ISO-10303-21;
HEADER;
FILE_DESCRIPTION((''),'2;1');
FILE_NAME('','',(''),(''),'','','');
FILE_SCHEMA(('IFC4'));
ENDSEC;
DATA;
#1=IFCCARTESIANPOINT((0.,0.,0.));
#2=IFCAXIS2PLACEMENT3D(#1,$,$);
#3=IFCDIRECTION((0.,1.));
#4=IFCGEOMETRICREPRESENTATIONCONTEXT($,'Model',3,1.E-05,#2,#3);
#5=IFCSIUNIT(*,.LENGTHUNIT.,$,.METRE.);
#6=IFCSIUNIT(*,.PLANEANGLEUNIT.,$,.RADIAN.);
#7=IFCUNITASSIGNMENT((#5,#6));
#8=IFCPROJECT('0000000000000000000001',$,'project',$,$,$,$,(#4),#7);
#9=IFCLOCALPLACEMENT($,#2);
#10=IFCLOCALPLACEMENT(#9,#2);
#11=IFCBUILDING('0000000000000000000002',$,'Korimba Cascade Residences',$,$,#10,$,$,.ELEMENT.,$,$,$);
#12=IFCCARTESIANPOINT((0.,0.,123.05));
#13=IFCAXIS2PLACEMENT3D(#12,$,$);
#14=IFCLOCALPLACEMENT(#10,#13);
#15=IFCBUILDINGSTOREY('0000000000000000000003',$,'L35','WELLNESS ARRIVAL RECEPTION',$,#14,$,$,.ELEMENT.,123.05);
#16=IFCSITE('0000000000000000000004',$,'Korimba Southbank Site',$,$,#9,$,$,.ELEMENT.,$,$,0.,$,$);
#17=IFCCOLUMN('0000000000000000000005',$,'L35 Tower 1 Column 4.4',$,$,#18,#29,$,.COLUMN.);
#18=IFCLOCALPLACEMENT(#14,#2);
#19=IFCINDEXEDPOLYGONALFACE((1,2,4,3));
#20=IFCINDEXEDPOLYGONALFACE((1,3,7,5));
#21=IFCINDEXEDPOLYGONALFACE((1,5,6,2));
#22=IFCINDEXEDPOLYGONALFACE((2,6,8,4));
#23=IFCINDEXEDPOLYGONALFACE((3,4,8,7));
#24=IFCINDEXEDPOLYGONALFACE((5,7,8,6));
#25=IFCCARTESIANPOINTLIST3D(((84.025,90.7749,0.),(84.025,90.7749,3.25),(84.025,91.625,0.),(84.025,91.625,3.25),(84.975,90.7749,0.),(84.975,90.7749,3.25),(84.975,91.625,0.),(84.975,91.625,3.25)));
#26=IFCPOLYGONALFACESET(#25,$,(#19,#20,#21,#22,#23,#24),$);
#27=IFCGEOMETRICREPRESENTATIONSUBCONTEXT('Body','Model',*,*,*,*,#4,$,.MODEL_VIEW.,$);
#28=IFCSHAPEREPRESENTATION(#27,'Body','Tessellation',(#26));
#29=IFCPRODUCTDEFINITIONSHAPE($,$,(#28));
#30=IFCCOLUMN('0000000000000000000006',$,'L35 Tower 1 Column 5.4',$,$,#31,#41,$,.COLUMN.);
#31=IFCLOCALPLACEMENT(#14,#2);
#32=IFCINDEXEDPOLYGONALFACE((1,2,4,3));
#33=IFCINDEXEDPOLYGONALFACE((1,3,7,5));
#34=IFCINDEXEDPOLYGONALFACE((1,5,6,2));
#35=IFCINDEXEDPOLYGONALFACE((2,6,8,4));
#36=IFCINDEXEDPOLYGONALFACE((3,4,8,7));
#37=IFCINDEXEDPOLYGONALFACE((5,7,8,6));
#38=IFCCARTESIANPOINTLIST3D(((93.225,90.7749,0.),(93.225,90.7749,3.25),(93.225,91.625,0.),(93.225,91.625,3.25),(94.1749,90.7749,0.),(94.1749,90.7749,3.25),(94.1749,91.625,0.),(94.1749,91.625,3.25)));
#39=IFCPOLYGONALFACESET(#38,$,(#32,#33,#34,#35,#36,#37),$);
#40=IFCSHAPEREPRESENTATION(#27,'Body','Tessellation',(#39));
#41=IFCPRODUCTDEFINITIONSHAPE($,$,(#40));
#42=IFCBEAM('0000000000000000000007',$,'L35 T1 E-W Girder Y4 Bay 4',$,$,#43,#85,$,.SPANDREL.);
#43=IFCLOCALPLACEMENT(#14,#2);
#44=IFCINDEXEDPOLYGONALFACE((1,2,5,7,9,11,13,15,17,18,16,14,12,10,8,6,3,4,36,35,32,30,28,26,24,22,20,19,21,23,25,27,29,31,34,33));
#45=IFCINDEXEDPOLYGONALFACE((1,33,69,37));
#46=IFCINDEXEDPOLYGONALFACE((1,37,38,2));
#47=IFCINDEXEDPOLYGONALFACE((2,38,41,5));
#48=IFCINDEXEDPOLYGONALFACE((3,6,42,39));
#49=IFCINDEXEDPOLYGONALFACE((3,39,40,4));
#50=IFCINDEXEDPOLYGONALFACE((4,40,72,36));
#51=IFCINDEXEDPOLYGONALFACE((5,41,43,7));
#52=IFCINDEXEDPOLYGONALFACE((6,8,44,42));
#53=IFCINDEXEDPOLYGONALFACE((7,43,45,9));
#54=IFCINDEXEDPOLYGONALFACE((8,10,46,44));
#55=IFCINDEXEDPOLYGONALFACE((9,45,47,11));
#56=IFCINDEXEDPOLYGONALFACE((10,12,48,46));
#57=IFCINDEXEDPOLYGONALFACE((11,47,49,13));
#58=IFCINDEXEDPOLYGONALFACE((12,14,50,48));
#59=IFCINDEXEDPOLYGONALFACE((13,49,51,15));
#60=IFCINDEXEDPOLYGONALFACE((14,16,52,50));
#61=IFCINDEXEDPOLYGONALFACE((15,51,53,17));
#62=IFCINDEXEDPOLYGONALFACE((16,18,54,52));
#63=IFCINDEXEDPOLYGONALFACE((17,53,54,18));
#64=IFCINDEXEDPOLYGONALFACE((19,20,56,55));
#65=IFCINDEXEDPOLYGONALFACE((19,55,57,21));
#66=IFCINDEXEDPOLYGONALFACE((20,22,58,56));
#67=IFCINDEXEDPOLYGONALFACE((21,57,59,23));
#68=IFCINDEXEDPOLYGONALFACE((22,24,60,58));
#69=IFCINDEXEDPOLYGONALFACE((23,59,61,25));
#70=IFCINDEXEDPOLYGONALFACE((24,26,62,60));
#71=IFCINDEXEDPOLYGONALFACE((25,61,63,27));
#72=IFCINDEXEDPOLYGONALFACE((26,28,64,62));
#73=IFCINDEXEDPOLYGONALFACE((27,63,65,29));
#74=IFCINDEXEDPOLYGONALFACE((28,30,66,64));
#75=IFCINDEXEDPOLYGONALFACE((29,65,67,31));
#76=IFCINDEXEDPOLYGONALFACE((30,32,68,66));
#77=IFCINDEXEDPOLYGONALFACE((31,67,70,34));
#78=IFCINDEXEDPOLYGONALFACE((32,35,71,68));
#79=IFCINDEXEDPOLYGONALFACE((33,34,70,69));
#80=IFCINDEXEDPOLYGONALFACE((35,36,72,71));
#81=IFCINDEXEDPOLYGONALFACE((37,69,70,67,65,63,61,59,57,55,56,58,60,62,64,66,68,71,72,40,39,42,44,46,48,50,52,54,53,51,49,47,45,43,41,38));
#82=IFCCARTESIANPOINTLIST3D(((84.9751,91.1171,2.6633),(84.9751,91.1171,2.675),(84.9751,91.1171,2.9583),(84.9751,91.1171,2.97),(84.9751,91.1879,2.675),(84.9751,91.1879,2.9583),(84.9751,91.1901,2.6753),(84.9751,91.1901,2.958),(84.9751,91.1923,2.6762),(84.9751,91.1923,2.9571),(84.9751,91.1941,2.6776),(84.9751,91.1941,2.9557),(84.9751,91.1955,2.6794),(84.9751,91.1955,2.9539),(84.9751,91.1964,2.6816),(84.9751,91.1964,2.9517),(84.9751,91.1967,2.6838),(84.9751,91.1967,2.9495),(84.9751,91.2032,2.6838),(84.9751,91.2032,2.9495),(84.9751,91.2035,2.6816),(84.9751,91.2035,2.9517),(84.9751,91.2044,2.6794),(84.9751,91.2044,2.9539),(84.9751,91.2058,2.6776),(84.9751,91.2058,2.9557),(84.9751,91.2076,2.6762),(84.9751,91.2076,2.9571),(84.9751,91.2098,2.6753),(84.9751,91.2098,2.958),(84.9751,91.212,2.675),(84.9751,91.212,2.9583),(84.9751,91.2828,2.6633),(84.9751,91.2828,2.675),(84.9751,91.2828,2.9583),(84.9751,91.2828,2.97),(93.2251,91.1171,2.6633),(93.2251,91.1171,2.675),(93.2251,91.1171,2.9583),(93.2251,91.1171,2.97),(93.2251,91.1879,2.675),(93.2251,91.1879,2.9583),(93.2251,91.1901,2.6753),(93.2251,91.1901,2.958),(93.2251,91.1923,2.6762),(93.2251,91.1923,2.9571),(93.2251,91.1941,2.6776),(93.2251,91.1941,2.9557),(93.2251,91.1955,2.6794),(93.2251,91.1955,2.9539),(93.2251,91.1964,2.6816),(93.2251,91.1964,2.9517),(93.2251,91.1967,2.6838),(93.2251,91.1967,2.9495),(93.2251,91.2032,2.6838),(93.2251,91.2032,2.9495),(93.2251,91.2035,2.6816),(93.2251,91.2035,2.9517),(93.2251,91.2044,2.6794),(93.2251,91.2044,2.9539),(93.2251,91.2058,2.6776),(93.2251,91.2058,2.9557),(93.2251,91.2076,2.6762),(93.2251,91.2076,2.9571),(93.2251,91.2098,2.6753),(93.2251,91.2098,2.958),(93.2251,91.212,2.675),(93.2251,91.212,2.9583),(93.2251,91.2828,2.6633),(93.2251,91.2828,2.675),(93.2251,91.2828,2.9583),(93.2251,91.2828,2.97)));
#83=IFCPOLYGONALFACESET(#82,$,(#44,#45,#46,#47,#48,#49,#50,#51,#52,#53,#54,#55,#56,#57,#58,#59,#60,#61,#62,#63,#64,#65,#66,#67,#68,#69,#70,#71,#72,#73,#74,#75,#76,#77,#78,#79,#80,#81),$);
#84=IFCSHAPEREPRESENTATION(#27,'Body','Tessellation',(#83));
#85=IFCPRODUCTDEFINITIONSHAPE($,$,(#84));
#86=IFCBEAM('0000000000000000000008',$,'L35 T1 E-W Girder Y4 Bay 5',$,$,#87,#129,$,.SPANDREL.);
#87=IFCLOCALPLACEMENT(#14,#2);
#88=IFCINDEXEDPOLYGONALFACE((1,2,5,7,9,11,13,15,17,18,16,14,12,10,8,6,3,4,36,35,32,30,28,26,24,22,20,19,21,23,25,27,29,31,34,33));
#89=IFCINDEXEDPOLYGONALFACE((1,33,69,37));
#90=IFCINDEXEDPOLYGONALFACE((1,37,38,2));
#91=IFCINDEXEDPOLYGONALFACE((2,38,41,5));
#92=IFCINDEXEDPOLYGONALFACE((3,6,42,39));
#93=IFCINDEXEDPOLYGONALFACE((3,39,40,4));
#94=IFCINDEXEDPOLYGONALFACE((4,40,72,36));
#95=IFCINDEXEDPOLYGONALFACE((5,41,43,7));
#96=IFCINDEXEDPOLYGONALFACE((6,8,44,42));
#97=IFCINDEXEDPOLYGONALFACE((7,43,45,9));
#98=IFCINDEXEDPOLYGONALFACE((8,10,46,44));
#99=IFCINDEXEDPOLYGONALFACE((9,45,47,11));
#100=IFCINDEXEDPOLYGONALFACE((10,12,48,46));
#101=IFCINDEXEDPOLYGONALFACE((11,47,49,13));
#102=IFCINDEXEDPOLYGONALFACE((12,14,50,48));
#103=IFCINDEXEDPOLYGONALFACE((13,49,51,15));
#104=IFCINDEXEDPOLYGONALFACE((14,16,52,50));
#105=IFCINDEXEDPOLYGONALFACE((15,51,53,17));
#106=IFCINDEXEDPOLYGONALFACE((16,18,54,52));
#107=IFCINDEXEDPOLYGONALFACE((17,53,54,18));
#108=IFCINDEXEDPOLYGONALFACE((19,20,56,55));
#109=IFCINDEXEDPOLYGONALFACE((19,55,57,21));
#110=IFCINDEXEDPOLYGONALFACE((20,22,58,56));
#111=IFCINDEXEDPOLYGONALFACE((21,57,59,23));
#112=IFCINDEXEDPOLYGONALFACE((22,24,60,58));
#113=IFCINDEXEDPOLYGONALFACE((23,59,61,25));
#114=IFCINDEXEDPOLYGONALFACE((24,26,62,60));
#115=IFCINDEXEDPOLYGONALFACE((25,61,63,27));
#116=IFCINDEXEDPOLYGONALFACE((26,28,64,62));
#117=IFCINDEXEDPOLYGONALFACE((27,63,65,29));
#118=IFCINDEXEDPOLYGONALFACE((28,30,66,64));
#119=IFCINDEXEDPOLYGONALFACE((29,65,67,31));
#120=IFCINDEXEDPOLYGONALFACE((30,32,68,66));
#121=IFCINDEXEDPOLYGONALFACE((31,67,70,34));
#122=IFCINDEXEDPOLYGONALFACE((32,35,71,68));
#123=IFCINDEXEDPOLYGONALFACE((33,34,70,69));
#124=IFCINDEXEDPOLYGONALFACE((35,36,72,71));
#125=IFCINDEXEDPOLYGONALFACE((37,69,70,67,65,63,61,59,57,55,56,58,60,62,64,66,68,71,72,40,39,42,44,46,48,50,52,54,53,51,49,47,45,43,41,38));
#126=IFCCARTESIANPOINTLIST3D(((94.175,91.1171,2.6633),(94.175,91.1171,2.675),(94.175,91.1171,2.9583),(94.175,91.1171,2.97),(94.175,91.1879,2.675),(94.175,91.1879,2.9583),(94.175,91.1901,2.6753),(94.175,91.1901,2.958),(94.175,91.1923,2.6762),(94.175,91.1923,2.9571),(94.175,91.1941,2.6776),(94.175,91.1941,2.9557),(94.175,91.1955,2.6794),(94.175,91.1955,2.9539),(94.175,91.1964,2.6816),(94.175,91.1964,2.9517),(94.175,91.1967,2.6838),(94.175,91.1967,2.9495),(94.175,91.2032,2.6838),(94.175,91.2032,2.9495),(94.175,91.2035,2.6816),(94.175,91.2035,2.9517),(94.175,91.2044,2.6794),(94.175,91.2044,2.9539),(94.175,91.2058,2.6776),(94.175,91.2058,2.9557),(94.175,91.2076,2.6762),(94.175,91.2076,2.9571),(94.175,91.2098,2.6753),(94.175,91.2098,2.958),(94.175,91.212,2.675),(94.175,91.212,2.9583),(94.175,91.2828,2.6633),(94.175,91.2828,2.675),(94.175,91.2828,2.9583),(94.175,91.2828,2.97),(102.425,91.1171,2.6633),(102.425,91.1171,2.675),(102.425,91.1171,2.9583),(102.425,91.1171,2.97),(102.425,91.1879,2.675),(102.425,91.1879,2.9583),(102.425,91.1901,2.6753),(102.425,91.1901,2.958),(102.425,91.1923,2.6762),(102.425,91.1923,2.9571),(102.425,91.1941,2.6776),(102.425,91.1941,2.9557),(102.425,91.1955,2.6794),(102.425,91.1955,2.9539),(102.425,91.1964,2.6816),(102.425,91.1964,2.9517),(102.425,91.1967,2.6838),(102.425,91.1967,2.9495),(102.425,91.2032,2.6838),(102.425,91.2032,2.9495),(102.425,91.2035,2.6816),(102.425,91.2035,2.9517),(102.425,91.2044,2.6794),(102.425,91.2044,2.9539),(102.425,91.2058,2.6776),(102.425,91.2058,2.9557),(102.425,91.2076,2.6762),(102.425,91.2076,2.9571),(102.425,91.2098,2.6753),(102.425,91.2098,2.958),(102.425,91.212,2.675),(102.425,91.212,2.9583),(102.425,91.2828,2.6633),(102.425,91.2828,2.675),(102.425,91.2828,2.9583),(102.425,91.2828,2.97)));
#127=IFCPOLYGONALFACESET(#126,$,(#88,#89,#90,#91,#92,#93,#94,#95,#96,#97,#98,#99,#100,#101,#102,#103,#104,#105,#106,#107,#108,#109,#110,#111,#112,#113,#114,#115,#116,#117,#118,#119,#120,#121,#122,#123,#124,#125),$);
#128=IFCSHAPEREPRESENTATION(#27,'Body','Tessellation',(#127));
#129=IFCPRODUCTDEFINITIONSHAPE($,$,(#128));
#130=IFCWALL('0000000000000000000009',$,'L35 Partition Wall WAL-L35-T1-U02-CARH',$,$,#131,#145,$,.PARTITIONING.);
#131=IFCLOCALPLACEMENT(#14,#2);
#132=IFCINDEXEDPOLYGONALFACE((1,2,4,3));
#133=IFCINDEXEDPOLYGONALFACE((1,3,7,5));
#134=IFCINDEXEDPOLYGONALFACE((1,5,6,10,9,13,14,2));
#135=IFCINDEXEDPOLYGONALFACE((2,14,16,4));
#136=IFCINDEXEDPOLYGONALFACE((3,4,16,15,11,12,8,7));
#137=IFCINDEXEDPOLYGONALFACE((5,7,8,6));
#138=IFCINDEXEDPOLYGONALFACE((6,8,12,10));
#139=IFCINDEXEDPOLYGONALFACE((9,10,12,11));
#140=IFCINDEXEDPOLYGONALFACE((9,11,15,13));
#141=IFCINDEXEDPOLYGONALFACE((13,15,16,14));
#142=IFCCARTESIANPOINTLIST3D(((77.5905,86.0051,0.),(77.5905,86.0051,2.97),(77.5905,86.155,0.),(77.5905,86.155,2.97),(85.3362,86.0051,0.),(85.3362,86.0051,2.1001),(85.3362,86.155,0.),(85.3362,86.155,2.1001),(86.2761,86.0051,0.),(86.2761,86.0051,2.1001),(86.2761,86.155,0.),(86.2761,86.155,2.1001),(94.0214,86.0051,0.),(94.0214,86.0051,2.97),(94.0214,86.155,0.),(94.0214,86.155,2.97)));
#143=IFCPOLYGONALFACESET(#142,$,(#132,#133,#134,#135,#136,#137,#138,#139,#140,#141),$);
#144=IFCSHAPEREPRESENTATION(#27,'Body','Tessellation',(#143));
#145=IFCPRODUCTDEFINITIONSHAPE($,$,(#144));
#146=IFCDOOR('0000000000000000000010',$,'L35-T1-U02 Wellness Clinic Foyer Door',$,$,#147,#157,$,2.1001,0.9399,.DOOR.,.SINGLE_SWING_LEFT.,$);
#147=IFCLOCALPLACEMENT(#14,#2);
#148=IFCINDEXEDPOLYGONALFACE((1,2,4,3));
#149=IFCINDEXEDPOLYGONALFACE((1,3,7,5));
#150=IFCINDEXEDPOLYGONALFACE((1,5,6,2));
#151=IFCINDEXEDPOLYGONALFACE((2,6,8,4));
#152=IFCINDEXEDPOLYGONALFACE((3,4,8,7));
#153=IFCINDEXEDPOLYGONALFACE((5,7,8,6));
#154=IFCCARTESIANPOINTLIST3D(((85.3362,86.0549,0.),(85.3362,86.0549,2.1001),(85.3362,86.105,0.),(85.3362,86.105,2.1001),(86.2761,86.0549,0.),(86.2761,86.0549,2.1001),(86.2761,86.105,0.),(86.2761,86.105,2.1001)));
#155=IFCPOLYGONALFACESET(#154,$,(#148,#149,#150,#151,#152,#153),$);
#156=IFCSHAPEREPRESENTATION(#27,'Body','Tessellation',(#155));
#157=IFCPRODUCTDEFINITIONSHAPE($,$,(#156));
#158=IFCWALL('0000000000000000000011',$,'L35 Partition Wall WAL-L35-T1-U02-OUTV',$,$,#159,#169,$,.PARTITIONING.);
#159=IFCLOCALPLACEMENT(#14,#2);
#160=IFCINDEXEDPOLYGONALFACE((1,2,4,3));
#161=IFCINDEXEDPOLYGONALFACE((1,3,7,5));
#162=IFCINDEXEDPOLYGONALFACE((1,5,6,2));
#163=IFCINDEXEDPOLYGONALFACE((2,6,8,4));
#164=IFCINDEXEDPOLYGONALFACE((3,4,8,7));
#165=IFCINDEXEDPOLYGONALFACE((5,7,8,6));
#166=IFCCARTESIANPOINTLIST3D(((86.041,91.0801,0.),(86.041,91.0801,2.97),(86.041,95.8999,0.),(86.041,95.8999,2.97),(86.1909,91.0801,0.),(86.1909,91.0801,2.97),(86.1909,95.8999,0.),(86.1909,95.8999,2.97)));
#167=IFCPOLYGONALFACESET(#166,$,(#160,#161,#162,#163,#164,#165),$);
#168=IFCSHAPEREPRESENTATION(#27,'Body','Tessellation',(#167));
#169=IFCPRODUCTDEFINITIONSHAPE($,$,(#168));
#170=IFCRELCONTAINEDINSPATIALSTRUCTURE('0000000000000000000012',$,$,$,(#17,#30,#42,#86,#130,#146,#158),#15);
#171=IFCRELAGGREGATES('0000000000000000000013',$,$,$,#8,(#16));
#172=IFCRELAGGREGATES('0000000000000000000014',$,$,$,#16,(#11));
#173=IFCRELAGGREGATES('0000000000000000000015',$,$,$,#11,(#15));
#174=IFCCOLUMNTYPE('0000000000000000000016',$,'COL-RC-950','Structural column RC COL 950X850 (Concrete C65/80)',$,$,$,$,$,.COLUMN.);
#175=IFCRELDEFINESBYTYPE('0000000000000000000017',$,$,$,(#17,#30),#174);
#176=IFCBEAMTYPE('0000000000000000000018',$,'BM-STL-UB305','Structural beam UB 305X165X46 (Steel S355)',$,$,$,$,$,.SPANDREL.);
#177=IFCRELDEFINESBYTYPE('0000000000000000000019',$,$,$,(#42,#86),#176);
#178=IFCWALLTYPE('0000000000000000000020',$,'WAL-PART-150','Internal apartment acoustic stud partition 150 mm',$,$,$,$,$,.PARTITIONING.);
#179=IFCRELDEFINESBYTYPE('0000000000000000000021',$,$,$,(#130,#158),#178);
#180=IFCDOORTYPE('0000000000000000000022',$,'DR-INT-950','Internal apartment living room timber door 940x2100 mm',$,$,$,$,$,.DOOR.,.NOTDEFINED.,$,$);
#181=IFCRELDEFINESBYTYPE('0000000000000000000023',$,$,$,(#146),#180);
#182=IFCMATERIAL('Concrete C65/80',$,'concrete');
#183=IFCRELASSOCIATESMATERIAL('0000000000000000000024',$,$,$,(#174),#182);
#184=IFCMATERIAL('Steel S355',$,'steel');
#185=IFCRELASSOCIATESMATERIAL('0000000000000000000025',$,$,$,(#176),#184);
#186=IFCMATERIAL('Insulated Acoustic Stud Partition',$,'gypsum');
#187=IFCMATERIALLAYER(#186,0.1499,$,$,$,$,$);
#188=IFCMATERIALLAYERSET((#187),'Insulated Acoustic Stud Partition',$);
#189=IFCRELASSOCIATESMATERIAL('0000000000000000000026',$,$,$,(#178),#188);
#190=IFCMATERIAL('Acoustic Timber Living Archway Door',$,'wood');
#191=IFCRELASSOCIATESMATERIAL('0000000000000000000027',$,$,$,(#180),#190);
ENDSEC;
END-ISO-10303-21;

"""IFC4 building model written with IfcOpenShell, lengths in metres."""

from ifc_helpers import new_model, si_unit, direction, frame, frame_2d, origin, origin_2d, place, context, subcontext, project, spatial, rectangle, i_section, extrude, material, layer, layer_set, material_profile, profile_set, type_object, element, fill, save


model = new_model("IFC4")

# Units and contexts
model_context = context("Model", 3, precision=1e-05, world=origin(), true_north=direction((0.0, 1.0)))
body_context = subcontext(model_context, "Body", "Model", "MODEL_VIEW")
ifc_project = project(units=[si_unit("LENGTHUNIT", "METRE"), si_unit("PLANEANGLEUNIT", "RADIAN")], contexts=[model_context])

# Site, building, storey
site_placement = place(None, origin())
site = spatial("IfcSite", under=ifc_project, at=site_placement, Name="Korimba Southbank Site", CompositionType="ELEMENT", RefElevation=0.0)
building_placement = place(site_placement, origin())
building = spatial("IfcBuilding", under=site, at=building_placement, Name="Korimba Cascade Residences", CompositionType="ELEMENT")
storey_placement = place(building_placement, frame((0.0, 0.0, 123.05)))
storey = spatial("IfcBuildingStorey", under=building, at=storey_placement, Name="L35", Description="WELLNESS ARRIVAL RECEPTION", CompositionType="ELEMENT", Elevation=123.05)

# Columns
ifc_material_1 = material(Name="Concrete C65/80", Category="concrete")
ifc_material_profile_1 = material_profile(ifc_material_1, rectangle(XDim=0.95, YDim=0.8501, at=origin_2d()), Name="Concrete C65/80")
ifc_profile_set_1 = profile_set([ifc_material_profile_1], Name="Concrete C65/80")
column_type = type_object("IfcColumnType", Name="COL-RC-950", Description="Structural column RC COL 950X850 (Concrete C65/80)", PredefinedType="COLUMN", material=ifc_profile_set_1)
for number, where, z_axis, x_axis, name in (
    (1, (84.5, 91.2, 0.0), (0.0, 0.0, 1.0), (1.0, 0.0, 0.0), "L35 Tower 1 Column 4.4"),
    (2, (93.7, 91.2, 0.0), (0.0, 0.0, 1.0), (1.0, 0.0, 0.0), "L35 Tower 1 Column 5.4"),
):
    element("IfcColumn", number, at=place(storey_placement, frame(where, z_axis=z_axis, x_axis=x_axis)), inside=storey, type_object=column_type, Name=name, PredefinedType="COLUMN", context=body_context, shape_type="SweptSolid", body=[
        extrude(rectangle(XDim=0.95, YDim=0.8501, at=origin_2d()), origin(), (0.0, 0.0, 1.0), 3.25),
    ])

# Beams
ifc_material_2 = material(Name="Steel S355", Category="steel")
ifc_material_profile_2 = material_profile(ifc_material_2, i_section(OverallWidth=0.1658, OverallDepth=0.3066, WebThickness=0.0066, FlangeThickness=0.0117, FilletRadius=0.0088, at=origin_2d()), Name="Steel S355")
ifc_profile_set_2 = profile_set([ifc_material_profile_2], Name="Steel S355")
beam_type = type_object("IfcBeamType", Name="BM-STL-UB305", Description="Structural beam UB 305X165X46 (Steel S355)", PredefinedType="SPANDREL", material=ifc_profile_set_2)
for number, where, z_axis, x_axis, name in (
    (3, (84.9751, 91.2, 2.8167), (1.0, 0.0, 0.0), (0.0, 1.0, 0.0), "L35 T1 E-W Girder Y4 Bay 4"),
    (4, (94.175, 91.2, 2.8167), (1.0, 0.0, 0.0), (0.0, 1.0, 0.0), "L35 T1 E-W Girder Y4 Bay 5"),
):
    element("IfcBeam", number, at=place(storey_placement, frame(where, z_axis=z_axis, x_axis=x_axis)), inside=storey, type_object=beam_type, Name=name, PredefinedType="SPANDREL", context=body_context, shape_type="SweptSolid", body=[
        extrude(i_section(OverallWidth=0.1658, OverallDepth=0.3066, WebThickness=0.0066, FlangeThickness=0.0117, FilletRadius=0.0088, at=origin_2d()), origin(), (0.0, 0.0, 1.0), 8.25),
    ])

# Wall, opening, door
ifc_material_3 = material(Name="Insulated Acoustic Stud Partition", Category="gypsum")
ifc_layer = layer(ifc_material_3, 0.1499)
ifc_layer_set = layer_set([ifc_layer], Name="Insulated Acoustic Stud Partition")
wall_type = type_object("IfcWallType", Name="WAL-PART-150", Description="Internal apartment acoustic stud partition 150 mm", PredefinedType="PARTITIONING", material=ifc_layer_set)
wall_1_placement = place(storey_placement, frame((77.5906, 86.0801, 0.0), z_axis=(0.0, 0.0, 1.0), x_axis=(1.0, 0.0, 0.0)))
wall_1 = element("IfcWall", 5, at=wall_1_placement, inside=storey, type_object=wall_type, Name="L35 Partition Wall WAL-L35-T1-U02-CARH", PredefinedType="PARTITIONING", context=body_context, shape_type="SweptSolid", body=[
    extrude(rectangle(XDim=16.4309, YDim=0.1499, at=frame_2d((8.2153, 0.0))), origin(), (0.0, 0.0, 1.0), 2.97),
])
opening_1_placement = place(wall_1_placement, frame((7.7456, 0.0, 0.0)))
opening_1 = element("IfcOpeningElement", 6, at=opening_1_placement, cuts=wall_1, PredefinedType="OPENING", context=body_context, shape_type="SweptSolid", body=[
    extrude(rectangle(XDim=0.9399, YDim=2.1001, at=frame_2d((0.47, 1.05))), frame((0.0, 0.085, 0.0), z_axis=(0.0, -1.0, 0.0), x_axis=(1.0, 0.0, 0.0)), (0.0, 0.0, 1.0), 0.1699),
])
ifc_material_4 = material(Name="Acoustic Timber Living Archway Door", Category="wood")
door_type_1 = type_object("IfcDoorType", Name="DR-INT-950", Description="Internal apartment living room timber door 940x2100 mm", OperationType="NOTDEFINED", PredefinedType="DOOR", material=ifc_material_4)
door_1_placement = place(opening_1_placement, origin())
door_1 = element("IfcDoor", 7, at=door_1_placement, inside=storey, type_object=door_type_1, Name="L35-T1-U02 Wellness Clinic Foyer Door", OperationType="SINGLE_SWING_LEFT", OverallHeight=2.1001, OverallWidth=0.9399, PredefinedType="DOOR", context=body_context, shape_type="SweptSolid", body=[
    extrude(rectangle(XDim=0.9399, YDim=2.1001, at=frame_2d((0.47, 1.05))), frame((0.0, 0.0249, 0.0), z_axis=(0.0, -1.0, 0.0), x_axis=(1.0, 0.0, 0.0)), (0.0, 0.0, 1.0), 0.05),
])
fill(opening_1, door_1)

# Wall
wall_2_placement = place(storey_placement, frame((86.116, 91.0801, 0.0), z_axis=(0.0, 0.0, 1.0), x_axis=(0.0, 1.0, 0.0)))
element("IfcWall", 8, at=wall_2_placement, inside=storey, type_object=wall_type, Name="L35 Partition Wall WAL-L35-T1-U02-OUTV", PredefinedType="PARTITIONING", context=body_context, shape_type="SweptSolid", body=[
    extrude(rectangle(XDim=4.8198, YDim=0.1499, at=frame_2d((2.4099, 0.0))), origin(), (0.0, 0.0, 1.0), 2.97),
])

save(model, "model.ifc")
